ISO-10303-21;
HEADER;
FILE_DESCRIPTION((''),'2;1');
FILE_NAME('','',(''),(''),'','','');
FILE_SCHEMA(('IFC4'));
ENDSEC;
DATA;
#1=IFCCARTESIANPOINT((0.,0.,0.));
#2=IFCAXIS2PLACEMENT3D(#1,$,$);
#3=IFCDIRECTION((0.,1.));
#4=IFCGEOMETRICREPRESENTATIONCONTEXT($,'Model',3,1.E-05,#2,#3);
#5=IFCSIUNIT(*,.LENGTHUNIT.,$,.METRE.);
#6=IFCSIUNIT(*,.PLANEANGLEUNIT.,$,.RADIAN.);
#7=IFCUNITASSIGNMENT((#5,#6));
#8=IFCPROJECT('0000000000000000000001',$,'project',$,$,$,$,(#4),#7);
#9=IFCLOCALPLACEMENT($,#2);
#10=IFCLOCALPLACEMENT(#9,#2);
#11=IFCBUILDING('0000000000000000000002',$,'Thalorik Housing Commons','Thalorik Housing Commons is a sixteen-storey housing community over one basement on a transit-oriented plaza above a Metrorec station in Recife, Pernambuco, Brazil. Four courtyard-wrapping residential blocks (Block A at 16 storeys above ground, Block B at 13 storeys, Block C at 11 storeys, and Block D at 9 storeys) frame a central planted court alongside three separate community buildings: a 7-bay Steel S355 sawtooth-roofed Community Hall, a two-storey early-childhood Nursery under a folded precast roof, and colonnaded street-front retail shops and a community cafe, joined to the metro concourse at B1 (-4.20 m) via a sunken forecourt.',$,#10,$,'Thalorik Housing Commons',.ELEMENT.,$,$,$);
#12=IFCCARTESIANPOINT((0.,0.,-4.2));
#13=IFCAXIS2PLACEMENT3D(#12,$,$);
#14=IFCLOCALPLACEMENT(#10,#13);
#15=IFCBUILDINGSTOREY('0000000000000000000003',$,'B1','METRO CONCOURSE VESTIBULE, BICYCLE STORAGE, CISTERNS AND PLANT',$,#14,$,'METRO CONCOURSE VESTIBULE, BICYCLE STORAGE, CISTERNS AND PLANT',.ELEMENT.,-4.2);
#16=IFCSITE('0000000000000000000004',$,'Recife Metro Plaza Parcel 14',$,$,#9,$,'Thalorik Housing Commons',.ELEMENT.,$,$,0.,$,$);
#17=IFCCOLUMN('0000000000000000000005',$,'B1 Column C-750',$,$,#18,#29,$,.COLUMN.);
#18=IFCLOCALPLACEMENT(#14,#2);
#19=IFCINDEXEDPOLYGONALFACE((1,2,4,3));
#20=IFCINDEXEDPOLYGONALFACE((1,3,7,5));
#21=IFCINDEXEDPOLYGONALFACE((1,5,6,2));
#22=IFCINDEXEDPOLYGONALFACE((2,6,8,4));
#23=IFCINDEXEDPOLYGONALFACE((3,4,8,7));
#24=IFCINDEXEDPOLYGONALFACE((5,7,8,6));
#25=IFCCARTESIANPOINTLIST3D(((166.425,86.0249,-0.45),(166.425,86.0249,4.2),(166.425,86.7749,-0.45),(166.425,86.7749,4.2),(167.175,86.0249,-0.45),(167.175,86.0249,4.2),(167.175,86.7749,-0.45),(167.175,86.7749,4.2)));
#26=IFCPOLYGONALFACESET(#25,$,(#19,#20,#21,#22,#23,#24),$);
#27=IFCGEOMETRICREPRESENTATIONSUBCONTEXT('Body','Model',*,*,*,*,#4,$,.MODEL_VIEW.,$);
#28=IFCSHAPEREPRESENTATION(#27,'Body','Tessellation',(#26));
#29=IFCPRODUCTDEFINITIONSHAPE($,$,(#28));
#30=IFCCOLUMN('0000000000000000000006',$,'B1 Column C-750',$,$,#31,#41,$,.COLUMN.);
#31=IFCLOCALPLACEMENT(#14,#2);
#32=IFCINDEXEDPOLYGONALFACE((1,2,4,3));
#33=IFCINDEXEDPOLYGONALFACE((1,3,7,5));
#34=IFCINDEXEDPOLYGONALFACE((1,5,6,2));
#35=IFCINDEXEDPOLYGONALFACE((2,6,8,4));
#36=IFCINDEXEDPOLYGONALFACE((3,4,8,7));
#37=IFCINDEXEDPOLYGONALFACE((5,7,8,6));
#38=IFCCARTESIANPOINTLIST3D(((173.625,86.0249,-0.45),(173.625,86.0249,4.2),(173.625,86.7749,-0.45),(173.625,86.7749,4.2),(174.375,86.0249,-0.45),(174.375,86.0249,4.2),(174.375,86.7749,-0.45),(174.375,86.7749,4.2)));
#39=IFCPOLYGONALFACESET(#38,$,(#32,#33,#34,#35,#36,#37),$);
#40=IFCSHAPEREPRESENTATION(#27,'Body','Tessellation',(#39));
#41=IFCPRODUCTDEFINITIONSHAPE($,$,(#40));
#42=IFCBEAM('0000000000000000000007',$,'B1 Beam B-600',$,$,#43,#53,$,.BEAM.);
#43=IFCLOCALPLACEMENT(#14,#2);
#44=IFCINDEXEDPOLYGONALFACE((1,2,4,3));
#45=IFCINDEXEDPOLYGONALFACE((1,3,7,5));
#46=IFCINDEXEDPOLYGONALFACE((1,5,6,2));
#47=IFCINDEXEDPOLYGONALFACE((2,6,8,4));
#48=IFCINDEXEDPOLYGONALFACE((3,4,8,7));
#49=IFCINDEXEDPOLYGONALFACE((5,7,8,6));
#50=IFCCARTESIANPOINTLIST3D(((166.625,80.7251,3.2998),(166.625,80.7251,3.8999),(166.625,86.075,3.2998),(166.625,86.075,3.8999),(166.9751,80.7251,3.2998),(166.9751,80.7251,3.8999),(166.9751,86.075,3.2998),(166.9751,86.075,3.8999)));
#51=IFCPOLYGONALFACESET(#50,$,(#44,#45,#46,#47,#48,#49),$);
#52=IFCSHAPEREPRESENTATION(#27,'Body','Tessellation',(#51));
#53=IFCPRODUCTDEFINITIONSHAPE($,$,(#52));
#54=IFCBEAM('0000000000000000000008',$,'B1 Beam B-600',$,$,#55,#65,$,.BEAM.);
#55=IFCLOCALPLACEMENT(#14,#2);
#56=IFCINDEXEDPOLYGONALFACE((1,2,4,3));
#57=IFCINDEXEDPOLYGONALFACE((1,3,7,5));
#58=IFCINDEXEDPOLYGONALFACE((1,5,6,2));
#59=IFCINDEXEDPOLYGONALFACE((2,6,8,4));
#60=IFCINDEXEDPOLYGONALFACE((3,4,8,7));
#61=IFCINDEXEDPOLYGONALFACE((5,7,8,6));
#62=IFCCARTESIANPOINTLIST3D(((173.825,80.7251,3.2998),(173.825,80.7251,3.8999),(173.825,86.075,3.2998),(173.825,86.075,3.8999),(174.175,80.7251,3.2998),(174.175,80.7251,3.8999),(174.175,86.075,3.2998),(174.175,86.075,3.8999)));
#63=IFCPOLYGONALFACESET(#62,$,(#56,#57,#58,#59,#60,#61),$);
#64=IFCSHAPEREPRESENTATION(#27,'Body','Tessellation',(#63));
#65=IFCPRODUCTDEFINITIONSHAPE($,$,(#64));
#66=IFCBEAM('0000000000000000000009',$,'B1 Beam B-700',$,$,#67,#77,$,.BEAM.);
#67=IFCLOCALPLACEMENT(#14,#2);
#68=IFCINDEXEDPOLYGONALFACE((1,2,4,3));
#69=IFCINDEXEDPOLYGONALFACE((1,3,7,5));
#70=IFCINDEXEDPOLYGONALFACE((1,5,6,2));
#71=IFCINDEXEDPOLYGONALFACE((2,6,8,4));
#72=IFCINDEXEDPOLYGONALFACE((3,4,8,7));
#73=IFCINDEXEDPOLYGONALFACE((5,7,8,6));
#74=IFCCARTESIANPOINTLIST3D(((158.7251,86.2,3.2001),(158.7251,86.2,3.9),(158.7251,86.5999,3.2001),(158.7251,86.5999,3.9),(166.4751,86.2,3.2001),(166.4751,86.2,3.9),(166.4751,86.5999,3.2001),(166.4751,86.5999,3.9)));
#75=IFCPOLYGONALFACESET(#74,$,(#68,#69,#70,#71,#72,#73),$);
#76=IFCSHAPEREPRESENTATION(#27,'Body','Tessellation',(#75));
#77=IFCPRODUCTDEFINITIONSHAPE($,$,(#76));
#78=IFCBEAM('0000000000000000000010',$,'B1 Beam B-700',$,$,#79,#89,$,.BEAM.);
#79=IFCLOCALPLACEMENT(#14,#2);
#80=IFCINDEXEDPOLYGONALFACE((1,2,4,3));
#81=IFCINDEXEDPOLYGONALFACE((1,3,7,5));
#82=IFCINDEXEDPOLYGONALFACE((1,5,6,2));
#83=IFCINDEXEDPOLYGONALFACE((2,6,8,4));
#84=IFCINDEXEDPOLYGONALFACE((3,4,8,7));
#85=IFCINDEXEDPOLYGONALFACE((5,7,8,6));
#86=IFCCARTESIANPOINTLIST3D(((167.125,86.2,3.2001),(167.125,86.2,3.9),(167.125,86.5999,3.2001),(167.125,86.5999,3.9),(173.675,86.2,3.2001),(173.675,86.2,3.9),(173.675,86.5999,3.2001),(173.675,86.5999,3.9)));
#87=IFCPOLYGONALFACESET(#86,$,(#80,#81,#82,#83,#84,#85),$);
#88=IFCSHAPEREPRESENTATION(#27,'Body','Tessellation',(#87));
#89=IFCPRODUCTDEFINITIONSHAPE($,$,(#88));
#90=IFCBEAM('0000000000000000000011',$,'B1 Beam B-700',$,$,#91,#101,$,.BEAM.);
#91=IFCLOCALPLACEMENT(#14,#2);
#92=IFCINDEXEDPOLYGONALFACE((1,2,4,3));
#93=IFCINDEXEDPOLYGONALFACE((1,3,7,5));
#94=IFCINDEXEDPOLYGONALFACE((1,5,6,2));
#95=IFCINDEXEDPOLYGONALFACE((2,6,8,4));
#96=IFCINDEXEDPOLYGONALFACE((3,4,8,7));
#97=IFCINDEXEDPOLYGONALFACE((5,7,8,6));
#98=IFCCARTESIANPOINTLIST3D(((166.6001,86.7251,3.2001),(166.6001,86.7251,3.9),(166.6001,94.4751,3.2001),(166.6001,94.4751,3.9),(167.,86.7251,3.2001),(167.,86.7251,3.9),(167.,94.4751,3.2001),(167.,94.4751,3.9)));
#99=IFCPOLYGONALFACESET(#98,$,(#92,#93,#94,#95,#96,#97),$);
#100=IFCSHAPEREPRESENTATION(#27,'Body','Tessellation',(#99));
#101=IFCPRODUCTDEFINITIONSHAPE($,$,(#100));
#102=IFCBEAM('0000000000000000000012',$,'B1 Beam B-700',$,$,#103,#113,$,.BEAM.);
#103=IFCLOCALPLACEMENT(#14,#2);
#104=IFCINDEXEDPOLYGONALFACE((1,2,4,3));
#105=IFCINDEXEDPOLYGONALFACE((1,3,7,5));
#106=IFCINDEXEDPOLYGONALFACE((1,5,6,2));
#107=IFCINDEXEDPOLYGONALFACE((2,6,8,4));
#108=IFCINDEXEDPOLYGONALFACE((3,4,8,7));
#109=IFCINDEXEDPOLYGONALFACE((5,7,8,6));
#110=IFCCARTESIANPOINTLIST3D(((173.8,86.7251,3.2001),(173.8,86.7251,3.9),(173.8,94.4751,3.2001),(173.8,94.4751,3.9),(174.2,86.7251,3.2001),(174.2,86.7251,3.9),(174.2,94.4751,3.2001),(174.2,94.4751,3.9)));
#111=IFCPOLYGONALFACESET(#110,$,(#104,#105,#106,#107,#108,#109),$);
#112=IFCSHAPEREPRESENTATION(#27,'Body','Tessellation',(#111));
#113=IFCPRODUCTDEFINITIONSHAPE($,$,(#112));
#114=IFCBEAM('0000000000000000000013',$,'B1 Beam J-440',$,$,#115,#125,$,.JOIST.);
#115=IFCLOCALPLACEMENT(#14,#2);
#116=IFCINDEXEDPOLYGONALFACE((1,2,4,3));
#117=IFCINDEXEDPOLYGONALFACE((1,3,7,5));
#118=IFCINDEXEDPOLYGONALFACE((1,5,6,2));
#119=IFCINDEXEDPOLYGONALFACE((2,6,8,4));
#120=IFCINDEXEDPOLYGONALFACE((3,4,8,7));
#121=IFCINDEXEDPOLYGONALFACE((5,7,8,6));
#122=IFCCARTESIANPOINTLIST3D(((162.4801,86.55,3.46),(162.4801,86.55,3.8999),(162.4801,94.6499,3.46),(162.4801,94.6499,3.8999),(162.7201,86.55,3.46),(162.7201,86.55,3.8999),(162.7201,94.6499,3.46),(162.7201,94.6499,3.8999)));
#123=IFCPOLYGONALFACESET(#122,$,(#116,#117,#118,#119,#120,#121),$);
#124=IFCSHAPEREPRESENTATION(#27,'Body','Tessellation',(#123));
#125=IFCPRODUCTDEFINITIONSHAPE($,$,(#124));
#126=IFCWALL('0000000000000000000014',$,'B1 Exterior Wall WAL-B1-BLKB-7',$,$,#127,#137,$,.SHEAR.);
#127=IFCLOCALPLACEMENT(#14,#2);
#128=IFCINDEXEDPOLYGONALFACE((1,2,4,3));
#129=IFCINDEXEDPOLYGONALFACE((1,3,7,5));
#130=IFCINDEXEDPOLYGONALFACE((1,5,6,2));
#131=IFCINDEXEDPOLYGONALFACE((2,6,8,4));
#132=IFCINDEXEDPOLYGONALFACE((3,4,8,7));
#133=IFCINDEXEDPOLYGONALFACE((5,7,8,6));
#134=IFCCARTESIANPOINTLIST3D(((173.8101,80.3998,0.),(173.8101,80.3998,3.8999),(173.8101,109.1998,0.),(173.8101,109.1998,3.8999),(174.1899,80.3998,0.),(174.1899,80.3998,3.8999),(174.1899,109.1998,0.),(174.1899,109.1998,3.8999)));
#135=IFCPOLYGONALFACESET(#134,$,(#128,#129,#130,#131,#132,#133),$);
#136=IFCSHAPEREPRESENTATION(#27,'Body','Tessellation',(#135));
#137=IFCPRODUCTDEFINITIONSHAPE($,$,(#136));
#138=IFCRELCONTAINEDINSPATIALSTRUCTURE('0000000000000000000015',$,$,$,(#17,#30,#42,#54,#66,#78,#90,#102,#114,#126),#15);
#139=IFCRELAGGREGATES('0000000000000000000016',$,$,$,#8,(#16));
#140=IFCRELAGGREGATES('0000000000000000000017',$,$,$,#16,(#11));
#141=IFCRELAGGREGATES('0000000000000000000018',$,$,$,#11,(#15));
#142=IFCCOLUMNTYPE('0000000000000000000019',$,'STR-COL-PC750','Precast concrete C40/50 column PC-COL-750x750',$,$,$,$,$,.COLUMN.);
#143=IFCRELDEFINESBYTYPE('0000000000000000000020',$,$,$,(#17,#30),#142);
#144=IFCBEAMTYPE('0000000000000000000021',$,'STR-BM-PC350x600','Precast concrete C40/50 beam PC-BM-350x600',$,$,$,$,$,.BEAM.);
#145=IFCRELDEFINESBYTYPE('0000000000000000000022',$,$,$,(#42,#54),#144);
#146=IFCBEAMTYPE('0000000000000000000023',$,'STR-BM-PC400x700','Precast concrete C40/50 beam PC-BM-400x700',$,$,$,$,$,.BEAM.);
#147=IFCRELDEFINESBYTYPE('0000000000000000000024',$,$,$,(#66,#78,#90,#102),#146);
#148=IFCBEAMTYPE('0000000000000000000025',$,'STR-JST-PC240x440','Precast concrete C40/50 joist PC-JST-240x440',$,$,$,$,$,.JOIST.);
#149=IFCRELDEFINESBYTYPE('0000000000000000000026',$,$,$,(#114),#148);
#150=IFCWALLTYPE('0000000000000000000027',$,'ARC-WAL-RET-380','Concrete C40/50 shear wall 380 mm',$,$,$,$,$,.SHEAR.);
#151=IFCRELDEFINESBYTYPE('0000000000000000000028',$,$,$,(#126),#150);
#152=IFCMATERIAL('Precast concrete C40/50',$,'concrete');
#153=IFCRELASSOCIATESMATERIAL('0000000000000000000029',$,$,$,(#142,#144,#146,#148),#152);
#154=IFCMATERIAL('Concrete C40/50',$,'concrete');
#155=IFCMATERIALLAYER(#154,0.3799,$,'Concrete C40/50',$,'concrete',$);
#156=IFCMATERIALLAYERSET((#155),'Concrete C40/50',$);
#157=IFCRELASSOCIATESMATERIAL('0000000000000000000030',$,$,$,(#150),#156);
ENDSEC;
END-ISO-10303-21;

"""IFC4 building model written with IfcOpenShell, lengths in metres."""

from ifc_helpers import new_model, si_unit, direction, frame, frame_2d, origin, origin_2d, place, context, subcontext, project, spatial, rectangle, extrude, material, layer, layer_set, material_profile, profile_set, type_object, element, save


model = new_model("IFC4")

# Units and contexts
model_context = context("Model", 3, precision=1e-05, world=origin(), true_north=direction((0.0, 1.0)))
body_context = subcontext(model_context, "Body", "Model", "MODEL_VIEW")
ifc_project = project(units=[si_unit("LENGTHUNIT", "METRE"), si_unit("PLANEANGLEUNIT", "RADIAN")], contexts=[model_context])

# Site, building, storey
site_placement = place(None, origin())
site = spatial("IfcSite", under=ifc_project, at=site_placement, Name="Recife Metro Plaza Parcel 14", LongName="Thalorik Housing Commons", CompositionType="ELEMENT", RefElevation=0.0)
building_placement = place(site_placement, origin())
building = spatial("IfcBuilding", under=site, at=building_placement, Name="Thalorik Housing Commons", Description="Thalorik Housing Commons is a sixteen-storey housing community over one basement on a transit-oriented plaza above a Metrorec station in Recife, Pernambuco, Brazil. Four courtyard-wrapping residential blocks (Block A at 16 storeys above ground, Block B at 13 storeys, Block C at 11 storeys, and Block D at 9 storeys) frame a central planted court alongside three separate community buildings: a 7-bay Steel S355 sawtooth-roofed Community Hall, a two-storey early-childhood Nursery under a folded precast roof, and colonnaded street-front retail shops and a community cafe, joined to the metro concourse at B1 (-4.20 m) via a sunken forecourt.", LongName="Thalorik Housing Commons", CompositionType="ELEMENT")
storey_placement = place(building_placement, frame((0.0, 0.0, -4.2)))
storey = spatial("IfcBuildingStorey", under=building, at=storey_placement, Name="B1", Description="METRO CONCOURSE VESTIBULE, BICYCLE STORAGE, CISTERNS AND PLANT", LongName="METRO CONCOURSE VESTIBULE, BICYCLE STORAGE, CISTERNS AND PLANT", CompositionType="ELEMENT", Elevation=-4.2)

# Shared definitions
ifc_material_1 = material(Name="Concrete C40/50", Category="concrete")

# Columns
ifc_material_2 = material(Name="Precast concrete C40/50", Category="concrete")
ifc_material_profile_1 = material_profile(ifc_material_2, rectangle(XDim=0.75, YDim=0.75, at=origin_2d()), Name="PC 750x750", Category="concrete")
ifc_profile_set_1 = profile_set([ifc_material_profile_1], Name="Precast concrete C40/50")
column_type = type_object("IfcColumnType", Name="STR-COL-PC750", Description="Precast concrete C40/50 column PC-COL-750x750", PredefinedType="COLUMN", material=ifc_profile_set_1)
for number, where, z_axis, x_axis, name in (
    (1, (166.8, 86.3999, -0.45), (0.0, 0.0, 1.0), (1.0, 0.0, 0.0), "B1 Column C-750"),
    (2, (174.0, 86.3999, -0.45), (0.0, 0.0, 1.0), (1.0, 0.0, 0.0), "B1 Column C-750"),
):
    element("IfcColumn", number, at=place(storey_placement, frame(where, z_axis=z_axis, x_axis=x_axis)), inside=storey, type_object=column_type, Name=name, PredefinedType="COLUMN", context=body_context, shape_type="SweptSolid", body=[
        extrude(rectangle(XDim=0.75, YDim=0.75, at=origin_2d()), origin(), (0.0, 0.0, 1.0), 4.6499),
    ])

# Beams
ifc_material_profile_2 = material_profile(ifc_material_2, rectangle(XDim=0.3501, YDim=0.6001, at=origin_2d()), Name="PC 350x600", Category="concrete")
ifc_profile_set_2 = profile_set([ifc_material_profile_2], Name="Precast concrete C40/50")
beam_type_1 = type_object("IfcBeamType", Name="STR-BM-PC350x600", Description="Precast concrete C40/50 beam PC-BM-350x600", PredefinedType="BEAM", material=ifc_profile_set_2)
for number, where, z_axis, x_axis, name in (
    (3, (166.8, 80.7251, 3.5999), (0.0, 1.0, 0.0), (-1.0, 0.0, 0.0), "B1 Beam B-600"),
    (4, (174.0, 80.7251, 3.5999), (0.0, 1.0, 0.0), (-1.0, 0.0, 0.0), "B1 Beam B-600"),
):
    element("IfcBeam", number, at=place(storey_placement, frame(where, z_axis=z_axis, x_axis=x_axis)), inside=storey, type_object=beam_type_1, Name=name, PredefinedType="BEAM", context=body_context, shape_type="SweptSolid", body=[
        extrude(rectangle(XDim=0.3501, YDim=0.6001, at=origin_2d()), origin(), (0.0, 0.0, 1.0), 5.3499),
    ])
ifc_material_profile_3 = material_profile(ifc_material_2, rectangle(XDim=0.3999, YDim=0.7, at=origin_2d()), Name="PC 400x700", Category="concrete")
ifc_profile_set_3 = profile_set([ifc_material_profile_3], Name="Precast concrete C40/50")
beam_type_2 = type_object("IfcBeamType", Name="STR-BM-PC400x700", Description="Precast concrete C40/50 beam PC-BM-400x700", PredefinedType="BEAM", material=ifc_profile_set_3)
beam_1_placement = place(storey_placement, frame((158.7251, 86.3999, 3.55), z_axis=(1.0, 0.0, 0.0), x_axis=(0.0, 1.0, 0.0)))
element("IfcBeam", 5, at=beam_1_placement, inside=storey, type_object=beam_type_2, Name="B1 Beam B-700", PredefinedType="BEAM", context=body_context, shape_type="SweptSolid", body=[
    extrude(rectangle(XDim=0.3999, YDim=0.7, at=origin_2d()), origin(), (0.0, 0.0, 1.0), 7.75),
])
beam_2_placement = place(storey_placement, frame((167.125, 86.3999, 3.55), z_axis=(1.0, 0.0, 0.0), x_axis=(0.0, 1.0, 0.0)))
element("IfcBeam", 6, at=beam_2_placement, inside=storey, type_object=beam_type_2, Name="B1 Beam B-700", PredefinedType="BEAM", context=body_context, shape_type="SweptSolid", body=[
    extrude(rectangle(XDim=0.3999, YDim=0.7, at=origin_2d()), origin(), (0.0, 0.0, 1.0), 6.55),
])
for number, where, z_axis, x_axis, name in (
    (7, (166.8, 86.7251, 3.55), (0.0, 1.0, 0.0), (-1.0, 0.0, 0.0), "B1 Beam B-700"),
    (8, (174.0, 86.7251, 3.55), (0.0, 1.0, 0.0), (-1.0, 0.0, 0.0), "B1 Beam B-700"),
):
    element("IfcBeam", number, at=place(storey_placement, frame(where, z_axis=z_axis, x_axis=x_axis)), inside=storey, type_object=beam_type_2, Name=name, PredefinedType="BEAM", context=body_context, shape_type="SweptSolid", body=[
        extrude(rectangle(XDim=0.3999, YDim=0.7, at=origin_2d()), origin(), (0.0, 0.0, 1.0), 7.75),
    ])
ifc_material_profile_4 = material_profile(ifc_material_2, rectangle(XDim=0.24, YDim=0.4399, at=origin_2d()), Name="PC JST 240x440", Category="concrete")
ifc_profile_set_4 = profile_set([ifc_material_profile_4], Name="Precast concrete C40/50")
beam_type_3 = type_object("IfcBeamType", Name="STR-JST-PC240x440", Description="Precast concrete C40/50 joist PC-JST-240x440", PredefinedType="JOIST", material=ifc_profile_set_4)
beam_3_placement = place(storey_placement, frame((162.6001, 86.55, 3.6799), z_axis=(0.0, 1.0, 0.0), x_axis=(-1.0, 0.0, 0.0)))
element("IfcBeam", 9, at=beam_3_placement, inside=storey, type_object=beam_type_3, Name="B1 Beam J-440", PredefinedType="JOIST", context=body_context, shape_type="SweptSolid", body=[
    extrude(rectangle(XDim=0.24, YDim=0.4399, at=origin_2d()), origin(), (0.0, 0.0, 1.0), 8.0999),
])

# Wall
ifc_layer = layer(ifc_material_1, 0.3799, Name="Concrete C40/50", Category="concrete")
ifc_layer_set = layer_set([ifc_layer], Name="Concrete C40/50")
wall_type = type_object("IfcWallType", Name="ARC-WAL-RET-380", Description="Concrete C40/50 shear wall 380 mm", PredefinedType="SHEAR", material=ifc_layer_set)
wall_placement = place(storey_placement, frame((174.0, 80.3999, 0.0), z_axis=(0.0, 0.0, 1.0), x_axis=(0.0, 1.0, 0.0)))
element("IfcWall", 10, at=wall_placement, inside=storey, type_object=wall_type, Name="B1 Exterior Wall WAL-B1-BLKB-7", PredefinedType="SHEAR", context=body_context, shape_type="SweptSolid", body=[
    extrude(rectangle(XDim=28.8, YDim=0.3799, at=frame_2d((14.3999, 0.0))), origin(), (0.0, 0.0, 1.0), 3.8999),
])

save(model, "model.ifc")
